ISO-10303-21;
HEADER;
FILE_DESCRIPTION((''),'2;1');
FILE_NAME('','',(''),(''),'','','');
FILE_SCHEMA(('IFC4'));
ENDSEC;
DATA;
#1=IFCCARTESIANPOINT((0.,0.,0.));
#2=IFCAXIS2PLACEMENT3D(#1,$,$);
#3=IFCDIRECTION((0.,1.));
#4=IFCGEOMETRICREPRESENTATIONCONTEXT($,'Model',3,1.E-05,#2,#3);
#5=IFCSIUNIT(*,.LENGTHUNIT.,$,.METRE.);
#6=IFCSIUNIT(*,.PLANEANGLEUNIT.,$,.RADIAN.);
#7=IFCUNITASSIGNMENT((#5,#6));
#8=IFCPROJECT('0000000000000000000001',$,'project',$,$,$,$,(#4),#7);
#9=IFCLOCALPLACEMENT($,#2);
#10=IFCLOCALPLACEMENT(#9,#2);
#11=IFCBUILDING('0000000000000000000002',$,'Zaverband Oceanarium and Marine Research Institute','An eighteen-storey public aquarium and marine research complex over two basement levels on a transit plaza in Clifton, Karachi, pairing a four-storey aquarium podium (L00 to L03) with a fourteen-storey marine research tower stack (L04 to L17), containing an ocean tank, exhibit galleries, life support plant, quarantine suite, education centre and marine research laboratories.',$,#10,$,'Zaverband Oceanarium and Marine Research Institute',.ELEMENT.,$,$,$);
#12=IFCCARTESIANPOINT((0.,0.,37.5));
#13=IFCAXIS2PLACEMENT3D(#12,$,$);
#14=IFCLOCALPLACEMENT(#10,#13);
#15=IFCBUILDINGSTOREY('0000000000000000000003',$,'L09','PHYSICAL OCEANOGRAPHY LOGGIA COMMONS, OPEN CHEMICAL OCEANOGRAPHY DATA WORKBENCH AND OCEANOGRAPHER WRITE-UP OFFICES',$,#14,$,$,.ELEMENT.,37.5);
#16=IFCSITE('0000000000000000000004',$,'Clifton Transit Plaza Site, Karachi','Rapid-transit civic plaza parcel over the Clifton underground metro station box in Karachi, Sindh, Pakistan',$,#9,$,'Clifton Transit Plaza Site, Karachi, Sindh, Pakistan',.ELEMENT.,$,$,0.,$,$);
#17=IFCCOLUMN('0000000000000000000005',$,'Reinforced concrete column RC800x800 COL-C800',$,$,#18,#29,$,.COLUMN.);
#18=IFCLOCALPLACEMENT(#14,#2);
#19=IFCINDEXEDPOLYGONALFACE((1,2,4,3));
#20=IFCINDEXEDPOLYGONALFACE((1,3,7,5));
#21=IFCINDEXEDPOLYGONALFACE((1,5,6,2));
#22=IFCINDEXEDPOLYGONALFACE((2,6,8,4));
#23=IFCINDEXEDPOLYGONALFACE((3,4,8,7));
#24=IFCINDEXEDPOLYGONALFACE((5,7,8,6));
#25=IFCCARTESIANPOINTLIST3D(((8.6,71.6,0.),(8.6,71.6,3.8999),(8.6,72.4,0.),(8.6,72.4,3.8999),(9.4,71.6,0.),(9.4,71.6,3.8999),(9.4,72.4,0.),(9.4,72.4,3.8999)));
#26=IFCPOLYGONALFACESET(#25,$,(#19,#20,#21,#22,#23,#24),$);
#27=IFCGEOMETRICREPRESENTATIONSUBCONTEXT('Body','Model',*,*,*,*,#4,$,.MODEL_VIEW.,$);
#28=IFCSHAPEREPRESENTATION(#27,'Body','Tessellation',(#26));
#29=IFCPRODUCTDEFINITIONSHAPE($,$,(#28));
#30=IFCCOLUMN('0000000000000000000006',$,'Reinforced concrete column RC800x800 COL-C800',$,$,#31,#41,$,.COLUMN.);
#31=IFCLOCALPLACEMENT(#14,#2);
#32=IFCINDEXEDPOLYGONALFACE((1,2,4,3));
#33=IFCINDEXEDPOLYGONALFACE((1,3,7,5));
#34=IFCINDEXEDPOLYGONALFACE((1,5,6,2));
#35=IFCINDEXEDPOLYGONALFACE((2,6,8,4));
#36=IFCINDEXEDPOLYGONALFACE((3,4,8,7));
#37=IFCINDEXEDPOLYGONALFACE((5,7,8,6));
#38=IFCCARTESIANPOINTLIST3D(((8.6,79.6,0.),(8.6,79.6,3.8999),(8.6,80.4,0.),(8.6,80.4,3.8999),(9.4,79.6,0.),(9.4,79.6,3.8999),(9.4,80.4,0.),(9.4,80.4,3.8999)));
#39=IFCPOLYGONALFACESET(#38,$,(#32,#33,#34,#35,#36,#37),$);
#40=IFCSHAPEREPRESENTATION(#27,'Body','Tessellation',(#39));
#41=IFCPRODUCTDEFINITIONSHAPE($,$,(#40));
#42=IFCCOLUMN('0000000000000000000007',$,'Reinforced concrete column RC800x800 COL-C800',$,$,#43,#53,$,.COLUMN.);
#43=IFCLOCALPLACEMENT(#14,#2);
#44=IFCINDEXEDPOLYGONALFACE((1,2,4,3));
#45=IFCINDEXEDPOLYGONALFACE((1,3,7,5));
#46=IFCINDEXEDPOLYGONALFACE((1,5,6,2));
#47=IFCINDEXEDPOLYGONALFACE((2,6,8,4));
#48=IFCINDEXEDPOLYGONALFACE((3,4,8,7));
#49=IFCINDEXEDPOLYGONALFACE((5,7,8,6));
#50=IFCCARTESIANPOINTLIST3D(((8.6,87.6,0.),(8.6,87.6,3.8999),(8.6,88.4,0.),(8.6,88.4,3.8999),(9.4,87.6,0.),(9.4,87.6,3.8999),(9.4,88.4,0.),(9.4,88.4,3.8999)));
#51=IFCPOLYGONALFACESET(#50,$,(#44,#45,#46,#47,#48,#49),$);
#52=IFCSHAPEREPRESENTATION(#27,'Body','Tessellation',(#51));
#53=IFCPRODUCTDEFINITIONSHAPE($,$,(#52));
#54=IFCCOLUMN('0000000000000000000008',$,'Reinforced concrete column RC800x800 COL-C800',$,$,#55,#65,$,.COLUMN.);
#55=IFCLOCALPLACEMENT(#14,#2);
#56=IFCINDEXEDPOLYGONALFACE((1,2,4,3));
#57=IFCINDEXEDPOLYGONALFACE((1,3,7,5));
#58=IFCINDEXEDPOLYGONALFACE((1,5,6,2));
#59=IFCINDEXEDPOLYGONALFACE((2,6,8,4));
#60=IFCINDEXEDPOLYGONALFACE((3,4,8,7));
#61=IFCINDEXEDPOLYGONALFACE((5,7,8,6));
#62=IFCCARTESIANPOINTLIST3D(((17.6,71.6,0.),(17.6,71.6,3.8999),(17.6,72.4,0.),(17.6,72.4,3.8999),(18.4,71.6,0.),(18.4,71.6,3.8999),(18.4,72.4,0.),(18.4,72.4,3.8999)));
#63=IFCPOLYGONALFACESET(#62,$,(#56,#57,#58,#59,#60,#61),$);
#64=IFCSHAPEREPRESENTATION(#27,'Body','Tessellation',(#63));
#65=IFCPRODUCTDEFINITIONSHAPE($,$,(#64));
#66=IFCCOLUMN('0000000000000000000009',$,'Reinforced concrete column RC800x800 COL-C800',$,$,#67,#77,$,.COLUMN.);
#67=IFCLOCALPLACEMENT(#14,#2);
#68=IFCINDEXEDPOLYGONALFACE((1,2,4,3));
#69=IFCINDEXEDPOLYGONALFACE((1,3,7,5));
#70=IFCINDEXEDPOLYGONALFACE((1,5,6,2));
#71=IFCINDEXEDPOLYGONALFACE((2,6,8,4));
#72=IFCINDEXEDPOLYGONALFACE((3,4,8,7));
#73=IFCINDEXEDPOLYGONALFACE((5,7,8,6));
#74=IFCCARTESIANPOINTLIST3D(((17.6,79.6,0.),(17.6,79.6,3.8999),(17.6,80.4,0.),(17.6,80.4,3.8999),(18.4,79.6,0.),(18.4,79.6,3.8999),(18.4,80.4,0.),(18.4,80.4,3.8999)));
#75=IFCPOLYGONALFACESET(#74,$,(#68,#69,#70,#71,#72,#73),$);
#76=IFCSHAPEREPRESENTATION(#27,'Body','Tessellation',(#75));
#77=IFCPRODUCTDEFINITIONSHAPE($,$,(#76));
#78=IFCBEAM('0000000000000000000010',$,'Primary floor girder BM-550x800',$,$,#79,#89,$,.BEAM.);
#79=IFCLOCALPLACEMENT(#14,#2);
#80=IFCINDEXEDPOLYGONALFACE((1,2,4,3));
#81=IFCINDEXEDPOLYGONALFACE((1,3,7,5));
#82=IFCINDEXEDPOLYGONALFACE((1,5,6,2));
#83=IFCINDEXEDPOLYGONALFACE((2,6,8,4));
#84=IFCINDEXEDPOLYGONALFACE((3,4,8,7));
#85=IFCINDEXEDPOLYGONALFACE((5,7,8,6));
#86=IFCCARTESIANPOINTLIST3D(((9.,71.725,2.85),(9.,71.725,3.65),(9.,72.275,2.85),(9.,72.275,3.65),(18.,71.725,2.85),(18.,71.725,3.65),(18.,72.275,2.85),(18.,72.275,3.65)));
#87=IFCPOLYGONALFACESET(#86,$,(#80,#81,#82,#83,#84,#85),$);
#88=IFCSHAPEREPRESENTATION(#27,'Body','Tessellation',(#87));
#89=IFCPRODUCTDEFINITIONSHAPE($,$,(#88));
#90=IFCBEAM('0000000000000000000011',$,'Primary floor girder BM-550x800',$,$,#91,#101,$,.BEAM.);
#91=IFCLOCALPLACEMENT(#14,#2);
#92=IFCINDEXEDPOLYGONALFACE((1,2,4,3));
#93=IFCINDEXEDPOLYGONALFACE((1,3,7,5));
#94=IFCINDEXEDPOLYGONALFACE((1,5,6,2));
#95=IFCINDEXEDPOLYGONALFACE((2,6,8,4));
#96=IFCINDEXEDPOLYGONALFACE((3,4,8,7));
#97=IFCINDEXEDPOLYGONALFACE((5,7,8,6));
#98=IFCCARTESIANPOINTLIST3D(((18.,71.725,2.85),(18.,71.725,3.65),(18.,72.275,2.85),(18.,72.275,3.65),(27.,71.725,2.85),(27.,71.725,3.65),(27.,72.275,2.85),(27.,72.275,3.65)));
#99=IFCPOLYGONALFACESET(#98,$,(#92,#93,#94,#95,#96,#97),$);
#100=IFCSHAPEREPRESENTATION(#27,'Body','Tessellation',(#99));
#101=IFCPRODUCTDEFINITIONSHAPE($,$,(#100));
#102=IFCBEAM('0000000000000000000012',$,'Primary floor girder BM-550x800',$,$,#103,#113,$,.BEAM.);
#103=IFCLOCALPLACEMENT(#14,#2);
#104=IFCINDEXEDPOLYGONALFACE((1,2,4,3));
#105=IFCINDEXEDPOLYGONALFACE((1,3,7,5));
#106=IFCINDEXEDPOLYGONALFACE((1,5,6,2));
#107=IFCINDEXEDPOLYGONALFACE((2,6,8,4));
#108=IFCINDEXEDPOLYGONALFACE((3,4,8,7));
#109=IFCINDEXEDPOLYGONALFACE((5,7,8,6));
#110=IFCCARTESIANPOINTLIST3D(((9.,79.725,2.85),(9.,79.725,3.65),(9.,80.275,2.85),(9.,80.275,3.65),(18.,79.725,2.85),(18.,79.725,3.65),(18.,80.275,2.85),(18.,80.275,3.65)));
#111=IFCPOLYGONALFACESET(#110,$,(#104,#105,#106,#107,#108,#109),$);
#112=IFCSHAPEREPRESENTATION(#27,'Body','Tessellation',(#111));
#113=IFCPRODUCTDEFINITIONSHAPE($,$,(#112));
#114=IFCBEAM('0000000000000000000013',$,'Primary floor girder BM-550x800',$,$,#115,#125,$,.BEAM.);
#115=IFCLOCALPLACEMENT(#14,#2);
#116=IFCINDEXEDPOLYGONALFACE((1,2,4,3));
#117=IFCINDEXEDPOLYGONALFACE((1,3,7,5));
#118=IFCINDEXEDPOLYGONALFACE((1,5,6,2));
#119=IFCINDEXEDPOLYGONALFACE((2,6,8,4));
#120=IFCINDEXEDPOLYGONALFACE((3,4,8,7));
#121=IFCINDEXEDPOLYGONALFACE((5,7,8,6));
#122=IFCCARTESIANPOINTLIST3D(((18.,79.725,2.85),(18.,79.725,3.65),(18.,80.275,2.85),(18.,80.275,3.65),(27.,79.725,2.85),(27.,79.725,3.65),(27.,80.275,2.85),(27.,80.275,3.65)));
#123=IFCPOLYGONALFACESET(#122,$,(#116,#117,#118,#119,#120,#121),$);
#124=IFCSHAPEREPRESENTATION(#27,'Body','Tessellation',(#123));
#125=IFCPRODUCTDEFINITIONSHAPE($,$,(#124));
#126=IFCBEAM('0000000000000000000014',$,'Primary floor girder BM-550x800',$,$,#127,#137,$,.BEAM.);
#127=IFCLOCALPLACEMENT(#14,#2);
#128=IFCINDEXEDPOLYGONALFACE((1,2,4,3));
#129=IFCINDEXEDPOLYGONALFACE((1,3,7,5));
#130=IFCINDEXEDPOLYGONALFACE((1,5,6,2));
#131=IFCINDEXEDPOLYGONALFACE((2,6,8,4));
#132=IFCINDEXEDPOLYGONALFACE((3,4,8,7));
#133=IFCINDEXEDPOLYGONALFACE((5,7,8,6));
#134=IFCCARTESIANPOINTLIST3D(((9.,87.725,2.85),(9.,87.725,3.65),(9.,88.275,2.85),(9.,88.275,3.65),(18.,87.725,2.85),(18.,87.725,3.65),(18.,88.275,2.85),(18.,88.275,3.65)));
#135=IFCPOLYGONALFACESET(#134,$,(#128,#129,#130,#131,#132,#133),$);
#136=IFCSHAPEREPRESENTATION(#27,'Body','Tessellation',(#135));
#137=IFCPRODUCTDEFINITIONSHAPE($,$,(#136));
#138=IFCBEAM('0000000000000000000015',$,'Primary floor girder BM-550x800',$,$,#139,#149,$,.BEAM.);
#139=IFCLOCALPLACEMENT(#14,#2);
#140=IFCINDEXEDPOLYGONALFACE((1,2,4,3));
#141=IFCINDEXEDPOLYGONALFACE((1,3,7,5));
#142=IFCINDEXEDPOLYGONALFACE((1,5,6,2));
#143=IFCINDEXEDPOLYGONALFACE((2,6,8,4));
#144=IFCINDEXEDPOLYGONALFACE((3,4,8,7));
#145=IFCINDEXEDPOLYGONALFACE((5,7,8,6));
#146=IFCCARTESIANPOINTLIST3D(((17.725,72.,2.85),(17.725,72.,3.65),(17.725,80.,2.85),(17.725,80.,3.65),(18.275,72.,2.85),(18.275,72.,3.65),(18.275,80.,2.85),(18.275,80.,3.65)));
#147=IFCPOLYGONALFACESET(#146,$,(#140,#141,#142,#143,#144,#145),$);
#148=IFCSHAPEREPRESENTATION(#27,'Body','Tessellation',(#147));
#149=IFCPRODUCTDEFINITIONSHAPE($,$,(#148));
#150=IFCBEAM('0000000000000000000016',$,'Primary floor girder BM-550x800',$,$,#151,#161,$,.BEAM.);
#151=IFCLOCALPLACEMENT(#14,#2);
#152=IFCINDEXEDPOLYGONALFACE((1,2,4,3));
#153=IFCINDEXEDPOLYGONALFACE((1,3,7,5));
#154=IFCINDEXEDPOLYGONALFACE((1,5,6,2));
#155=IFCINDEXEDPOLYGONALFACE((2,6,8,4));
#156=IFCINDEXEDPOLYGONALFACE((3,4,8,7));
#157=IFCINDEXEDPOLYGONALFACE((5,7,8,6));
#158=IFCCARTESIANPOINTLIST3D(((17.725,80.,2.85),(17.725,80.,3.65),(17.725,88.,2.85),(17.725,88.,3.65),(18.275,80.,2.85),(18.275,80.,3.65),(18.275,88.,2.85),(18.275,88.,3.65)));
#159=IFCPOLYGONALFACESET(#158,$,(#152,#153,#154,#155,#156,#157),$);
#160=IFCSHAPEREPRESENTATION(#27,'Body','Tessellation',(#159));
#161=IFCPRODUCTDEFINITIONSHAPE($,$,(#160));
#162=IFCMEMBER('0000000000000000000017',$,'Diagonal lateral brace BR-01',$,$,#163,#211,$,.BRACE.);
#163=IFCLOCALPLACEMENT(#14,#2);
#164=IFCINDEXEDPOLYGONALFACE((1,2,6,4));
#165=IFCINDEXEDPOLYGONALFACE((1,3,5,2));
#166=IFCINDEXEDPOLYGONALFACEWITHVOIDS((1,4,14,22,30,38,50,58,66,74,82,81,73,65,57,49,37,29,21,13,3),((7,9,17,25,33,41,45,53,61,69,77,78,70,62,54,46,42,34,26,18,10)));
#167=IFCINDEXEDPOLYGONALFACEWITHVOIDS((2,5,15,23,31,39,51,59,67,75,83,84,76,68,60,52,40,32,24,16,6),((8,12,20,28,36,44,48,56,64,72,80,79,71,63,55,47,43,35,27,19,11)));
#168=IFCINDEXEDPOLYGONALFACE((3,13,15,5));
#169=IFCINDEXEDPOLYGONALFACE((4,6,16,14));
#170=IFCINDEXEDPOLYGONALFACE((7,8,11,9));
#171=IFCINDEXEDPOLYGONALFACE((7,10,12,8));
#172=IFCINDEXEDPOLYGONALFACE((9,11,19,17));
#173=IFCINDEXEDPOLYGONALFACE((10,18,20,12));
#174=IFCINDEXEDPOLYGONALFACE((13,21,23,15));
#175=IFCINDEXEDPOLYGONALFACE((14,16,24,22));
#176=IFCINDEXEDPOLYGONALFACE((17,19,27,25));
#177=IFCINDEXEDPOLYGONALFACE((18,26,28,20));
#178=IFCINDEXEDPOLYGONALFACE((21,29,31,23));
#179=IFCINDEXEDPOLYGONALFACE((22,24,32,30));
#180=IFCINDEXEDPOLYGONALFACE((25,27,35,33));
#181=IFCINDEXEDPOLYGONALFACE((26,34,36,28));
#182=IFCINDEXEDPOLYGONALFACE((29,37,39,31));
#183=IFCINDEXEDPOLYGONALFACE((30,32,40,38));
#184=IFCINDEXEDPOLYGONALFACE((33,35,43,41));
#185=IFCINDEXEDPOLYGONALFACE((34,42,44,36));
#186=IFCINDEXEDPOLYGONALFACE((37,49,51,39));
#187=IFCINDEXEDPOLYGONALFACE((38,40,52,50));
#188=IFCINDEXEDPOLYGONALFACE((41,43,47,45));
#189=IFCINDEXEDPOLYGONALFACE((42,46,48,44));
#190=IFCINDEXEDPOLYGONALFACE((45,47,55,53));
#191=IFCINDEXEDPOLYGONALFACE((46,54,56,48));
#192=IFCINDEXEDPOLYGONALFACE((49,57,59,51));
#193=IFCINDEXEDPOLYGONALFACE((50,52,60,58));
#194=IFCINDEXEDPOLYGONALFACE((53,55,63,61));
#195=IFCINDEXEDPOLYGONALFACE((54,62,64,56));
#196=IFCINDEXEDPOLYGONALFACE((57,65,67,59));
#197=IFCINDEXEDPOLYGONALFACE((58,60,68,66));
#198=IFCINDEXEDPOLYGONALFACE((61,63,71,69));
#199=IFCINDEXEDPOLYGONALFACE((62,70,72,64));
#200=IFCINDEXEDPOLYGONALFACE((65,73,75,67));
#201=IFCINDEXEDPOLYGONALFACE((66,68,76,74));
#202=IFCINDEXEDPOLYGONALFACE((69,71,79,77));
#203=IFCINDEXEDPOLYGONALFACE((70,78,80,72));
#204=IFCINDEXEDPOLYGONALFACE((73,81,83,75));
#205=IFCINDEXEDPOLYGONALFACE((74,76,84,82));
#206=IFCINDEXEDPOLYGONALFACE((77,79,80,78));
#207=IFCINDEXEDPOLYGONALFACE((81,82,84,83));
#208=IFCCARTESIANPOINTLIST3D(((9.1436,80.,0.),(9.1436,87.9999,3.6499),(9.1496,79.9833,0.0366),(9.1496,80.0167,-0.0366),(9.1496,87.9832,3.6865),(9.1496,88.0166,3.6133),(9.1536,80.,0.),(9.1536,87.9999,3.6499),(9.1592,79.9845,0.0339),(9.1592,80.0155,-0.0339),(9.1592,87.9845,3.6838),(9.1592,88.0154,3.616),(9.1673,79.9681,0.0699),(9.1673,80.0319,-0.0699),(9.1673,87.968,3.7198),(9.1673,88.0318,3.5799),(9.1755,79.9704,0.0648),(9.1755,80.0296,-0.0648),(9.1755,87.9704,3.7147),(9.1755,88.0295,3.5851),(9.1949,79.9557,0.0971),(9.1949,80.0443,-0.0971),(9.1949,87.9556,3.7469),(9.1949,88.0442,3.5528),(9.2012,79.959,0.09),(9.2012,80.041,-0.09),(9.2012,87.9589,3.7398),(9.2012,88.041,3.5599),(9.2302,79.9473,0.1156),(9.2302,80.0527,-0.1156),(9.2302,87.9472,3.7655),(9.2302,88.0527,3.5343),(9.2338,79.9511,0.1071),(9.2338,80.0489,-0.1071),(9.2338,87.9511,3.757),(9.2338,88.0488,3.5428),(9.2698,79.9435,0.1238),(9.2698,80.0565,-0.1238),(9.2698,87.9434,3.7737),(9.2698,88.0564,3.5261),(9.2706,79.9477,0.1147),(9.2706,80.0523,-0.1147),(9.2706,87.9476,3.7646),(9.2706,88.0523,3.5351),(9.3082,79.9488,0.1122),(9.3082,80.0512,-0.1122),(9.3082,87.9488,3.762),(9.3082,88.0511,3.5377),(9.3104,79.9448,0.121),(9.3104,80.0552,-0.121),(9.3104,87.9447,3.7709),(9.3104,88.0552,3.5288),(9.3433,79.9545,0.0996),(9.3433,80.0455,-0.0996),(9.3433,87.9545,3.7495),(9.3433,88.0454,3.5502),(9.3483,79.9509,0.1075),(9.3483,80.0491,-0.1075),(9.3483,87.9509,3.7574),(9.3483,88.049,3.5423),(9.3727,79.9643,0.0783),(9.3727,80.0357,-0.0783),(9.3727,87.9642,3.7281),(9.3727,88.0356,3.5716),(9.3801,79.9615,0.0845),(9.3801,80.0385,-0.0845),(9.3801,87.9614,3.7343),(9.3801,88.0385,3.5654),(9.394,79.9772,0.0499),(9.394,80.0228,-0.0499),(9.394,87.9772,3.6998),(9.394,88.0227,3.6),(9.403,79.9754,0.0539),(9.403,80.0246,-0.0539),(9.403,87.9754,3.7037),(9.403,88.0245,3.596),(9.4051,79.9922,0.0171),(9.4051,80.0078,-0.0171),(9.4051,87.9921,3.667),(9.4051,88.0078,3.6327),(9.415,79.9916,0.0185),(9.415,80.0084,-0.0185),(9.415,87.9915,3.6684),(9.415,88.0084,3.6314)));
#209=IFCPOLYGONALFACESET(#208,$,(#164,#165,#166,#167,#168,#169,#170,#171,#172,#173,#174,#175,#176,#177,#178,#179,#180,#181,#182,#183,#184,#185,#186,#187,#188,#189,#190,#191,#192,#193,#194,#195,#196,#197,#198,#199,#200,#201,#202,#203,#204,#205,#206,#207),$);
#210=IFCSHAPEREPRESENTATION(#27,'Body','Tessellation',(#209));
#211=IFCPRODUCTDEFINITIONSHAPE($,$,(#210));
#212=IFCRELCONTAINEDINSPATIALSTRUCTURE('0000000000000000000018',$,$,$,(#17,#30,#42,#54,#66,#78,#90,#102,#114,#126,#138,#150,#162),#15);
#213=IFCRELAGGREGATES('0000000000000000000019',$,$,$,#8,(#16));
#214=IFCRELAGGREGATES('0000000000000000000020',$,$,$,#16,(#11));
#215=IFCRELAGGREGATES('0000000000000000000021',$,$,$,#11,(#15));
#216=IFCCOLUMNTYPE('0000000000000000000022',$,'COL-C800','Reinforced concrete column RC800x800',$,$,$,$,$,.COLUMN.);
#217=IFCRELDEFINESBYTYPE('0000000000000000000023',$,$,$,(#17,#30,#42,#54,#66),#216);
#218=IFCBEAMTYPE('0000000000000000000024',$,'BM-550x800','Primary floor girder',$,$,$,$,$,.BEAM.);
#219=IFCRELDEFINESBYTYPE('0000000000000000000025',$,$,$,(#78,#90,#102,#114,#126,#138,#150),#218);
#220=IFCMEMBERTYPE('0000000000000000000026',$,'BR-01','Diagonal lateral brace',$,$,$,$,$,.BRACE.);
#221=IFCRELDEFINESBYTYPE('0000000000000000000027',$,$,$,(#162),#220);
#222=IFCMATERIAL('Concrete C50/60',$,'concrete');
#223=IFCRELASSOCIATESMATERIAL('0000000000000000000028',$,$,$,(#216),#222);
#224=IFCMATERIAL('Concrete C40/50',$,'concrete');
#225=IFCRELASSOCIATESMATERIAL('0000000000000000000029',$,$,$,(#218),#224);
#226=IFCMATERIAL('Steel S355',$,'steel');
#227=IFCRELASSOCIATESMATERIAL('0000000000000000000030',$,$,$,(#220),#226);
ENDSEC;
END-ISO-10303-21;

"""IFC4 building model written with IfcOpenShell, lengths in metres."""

from ifc_helpers import new_model, si_unit, direction, frame, origin, origin_2d, place, context, subcontext, project, spatial, rectangle, hollow_circle, extrude, material, material_profile, profile_set, type_object, element, save


model = new_model("IFC4")

# Units and contexts
model_context = context("Model", 3, precision=1e-05, world=origin(), true_north=direction((0.0, 1.0)))
body_context = subcontext(model_context, "Body", "Model", "MODEL_VIEW")
ifc_project = project(units=[si_unit("LENGTHUNIT", "METRE"), si_unit("PLANEANGLEUNIT", "RADIAN")], contexts=[model_context])

# Site, building, storey
site_placement = place(None, origin())
site = spatial("IfcSite", under=ifc_project, at=site_placement, Name="Clifton Transit Plaza Site, Karachi", Description="Rapid-transit civic plaza parcel over the Clifton underground metro station box in Karachi, Sindh, Pakistan", LongName="Clifton Transit Plaza Site, Karachi, Sindh, Pakistan", CompositionType="ELEMENT", RefElevation=0.0)
building_placement = place(site_placement, origin())
building = spatial("IfcBuilding", under=site, at=building_placement, Name="Zaverband Oceanarium and Marine Research Institute", Description="An eighteen-storey public aquarium and marine research complex over two basement levels on a transit plaza in Clifton, Karachi, pairing a four-storey aquarium podium (L00 to L03) with a fourteen-storey marine research tower stack (L04 to L17), containing an ocean tank, exhibit galleries, life support plant, quarantine suite, education centre and marine research laboratories.", LongName="Zaverband Oceanarium and Marine Research Institute", CompositionType="ELEMENT")
storey_placement = place(building_placement, frame((0.0, 0.0, 37.5)))
storey = spatial("IfcBuildingStorey", under=building, at=storey_placement, Name="L09", Description="PHYSICAL OCEANOGRAPHY LOGGIA COMMONS, OPEN CHEMICAL OCEANOGRAPHY DATA WORKBENCH AND OCEANOGRAPHER WRITE-UP OFFICES", CompositionType="ELEMENT", Elevation=37.5)

# Columns
ifc_material_1 = material(Name="Concrete C50/60", Category="concrete")
ifc_material_profile_1 = material_profile(ifc_material_1, rectangle(XDim=0.8, YDim=0.8, at=origin_2d()), Name="RC800x800")
ifc_profile_set_1 = profile_set([ifc_material_profile_1], Name="Concrete C50/60")
column_type = type_object("IfcColumnType", Name="COL-C800", Description="Reinforced concrete column RC800x800", PredefinedType="COLUMN", material=ifc_profile_set_1)
for number, where, z_axis, x_axis, name in (
    (1, (9.0, 72.0, 0.0), (0.0, 0.0, 1.0), (1.0, 0.0, 0.0), "Reinforced concrete column RC800x800 COL-C800"),
    (2, (9.0, 80.0, 0.0), (0.0, 0.0, 1.0), (1.0, 0.0, 0.0), "Reinforced concrete column RC800x800 COL-C800"),
    (3, (9.0, 88.0, 0.0), (0.0, 0.0, 1.0), (1.0, 0.0, 0.0), "Reinforced concrete column RC800x800 COL-C800"),
    (4, (18.0, 72.0, 0.0), (0.0, 0.0, 1.0), (1.0, 0.0, 0.0), "Reinforced concrete column RC800x800 COL-C800"),
    (5, (18.0, 80.0, 0.0), (0.0, 0.0, 1.0), (1.0, 0.0, 0.0), "Reinforced concrete column RC800x800 COL-C800"),
):
    element("IfcColumn", number, at=place(storey_placement, frame(where, z_axis=z_axis, x_axis=x_axis)), inside=storey, type_object=column_type, Name=name, PredefinedType="COLUMN", context=body_context, shape_type="SweptSolid", body=[
        extrude(rectangle(XDim=0.8, YDim=0.8, at=origin_2d()), origin(), (0.0, 0.0, 1.0), 3.8999),
    ])

# Beams
ifc_material_2 = material(Name="Concrete C40/50", Category="concrete")
ifc_material_profile_2 = material_profile(ifc_material_2, rectangle(XDim=0.55, YDim=0.8, at=origin_2d()), Name="RC550x800")
ifc_profile_set_2 = profile_set([ifc_material_profile_2], Name="Concrete C40/50")
beam_type_1 = type_object("IfcBeamType", Name="BM-550x800", Description="Primary floor girder", PredefinedType="BEAM", material=ifc_profile_set_2)
for number, where, z_axis, x_axis, name in (
    (6, (9.0, 72.0, 3.25), (1.0, 0.0, 0.0), (0.0, 1.0, 0.0), "Primary floor girder BM-550x800"),
    (7, (18.0, 72.0, 3.25), (1.0, 0.0, 0.0), (0.0, 1.0, 0.0), "Primary floor girder BM-550x800"),
    (8, (9.0, 80.0, 3.25), (1.0, 0.0, 0.0), (0.0, 1.0, 0.0), "Primary floor girder BM-550x800"),
    (9, (18.0, 80.0, 3.25), (1.0, 0.0, 0.0), (0.0, 1.0, 0.0), "Primary floor girder BM-550x800"),
    (10, (9.0, 88.0, 3.25), (1.0, 0.0, 0.0), (0.0, 1.0, 0.0), "Primary floor girder BM-550x800"),
):
    element("IfcBeam", number, at=place(storey_placement, frame(where, z_axis=z_axis, x_axis=x_axis)), inside=storey, type_object=beam_type_1, Name=name, PredefinedType="BEAM", context=body_context, shape_type="SweptSolid", body=[
        extrude(rectangle(XDim=0.55, YDim=0.8, at=origin_2d()), origin(), (0.0, 0.0, 1.0), 9.0),
    ])
for number, where, z_axis, x_axis, name in (
    (11, (18.0, 72.0, 3.25), (0.0, 1.0, 0.0), (-1.0, 0.0, 0.0), "Primary floor girder BM-550x800"),
    (12, (18.0, 80.0, 3.25), (0.0, 1.0, 0.0), (-1.0, 0.0, 0.0), "Primary floor girder BM-550x800"),
):
    element("IfcBeam", number, at=place(storey_placement, frame(where, z_axis=z_axis, x_axis=x_axis)), inside=storey, type_object=beam_type_1, Name=name, PredefinedType="BEAM", context=body_context, shape_type="SweptSolid", body=[
        extrude(rectangle(XDim=0.55, YDim=0.8, at=origin_2d()), origin(), (0.0, 0.0, 1.0), 8.0),
    ])

# Member
ifc_material_3 = material(Name="Steel S355", Category="steel")
ifc_material_profile_3 = material_profile(ifc_material_3, hollow_circle(Radius=0.1365, WallThickness=0.01, at=origin_2d()), Name="CHS273x10")
ifc_profile_set_3 = profile_set([ifc_material_profile_3], Name="Steel S355")
member_type_1 = type_object("IfcMemberType", Name="BR-01", Description="Diagonal lateral brace", PredefinedType="BRACE", material=ifc_profile_set_3)
member_1_placement = place(storey_placement, frame((9.28, 80.0, 0.0), z_axis=(0.0, 0.909786, 0.415079), x_axis=(-1.0, 0.0, 0.0)))
element("IfcMember", 13, at=member_1_placement, inside=storey, type_object=member_type_1, Name="Diagonal lateral brace BR-01", PredefinedType="BRACE", context=body_context, shape_type="SweptSolid", body=[
    extrude(hollow_circle(Radius=0.1365, WallThickness=0.01, at=origin_2d()), origin(), (0.0, 0.0, 1.0), 8.7932),
])

save(model, "model.ifc")
